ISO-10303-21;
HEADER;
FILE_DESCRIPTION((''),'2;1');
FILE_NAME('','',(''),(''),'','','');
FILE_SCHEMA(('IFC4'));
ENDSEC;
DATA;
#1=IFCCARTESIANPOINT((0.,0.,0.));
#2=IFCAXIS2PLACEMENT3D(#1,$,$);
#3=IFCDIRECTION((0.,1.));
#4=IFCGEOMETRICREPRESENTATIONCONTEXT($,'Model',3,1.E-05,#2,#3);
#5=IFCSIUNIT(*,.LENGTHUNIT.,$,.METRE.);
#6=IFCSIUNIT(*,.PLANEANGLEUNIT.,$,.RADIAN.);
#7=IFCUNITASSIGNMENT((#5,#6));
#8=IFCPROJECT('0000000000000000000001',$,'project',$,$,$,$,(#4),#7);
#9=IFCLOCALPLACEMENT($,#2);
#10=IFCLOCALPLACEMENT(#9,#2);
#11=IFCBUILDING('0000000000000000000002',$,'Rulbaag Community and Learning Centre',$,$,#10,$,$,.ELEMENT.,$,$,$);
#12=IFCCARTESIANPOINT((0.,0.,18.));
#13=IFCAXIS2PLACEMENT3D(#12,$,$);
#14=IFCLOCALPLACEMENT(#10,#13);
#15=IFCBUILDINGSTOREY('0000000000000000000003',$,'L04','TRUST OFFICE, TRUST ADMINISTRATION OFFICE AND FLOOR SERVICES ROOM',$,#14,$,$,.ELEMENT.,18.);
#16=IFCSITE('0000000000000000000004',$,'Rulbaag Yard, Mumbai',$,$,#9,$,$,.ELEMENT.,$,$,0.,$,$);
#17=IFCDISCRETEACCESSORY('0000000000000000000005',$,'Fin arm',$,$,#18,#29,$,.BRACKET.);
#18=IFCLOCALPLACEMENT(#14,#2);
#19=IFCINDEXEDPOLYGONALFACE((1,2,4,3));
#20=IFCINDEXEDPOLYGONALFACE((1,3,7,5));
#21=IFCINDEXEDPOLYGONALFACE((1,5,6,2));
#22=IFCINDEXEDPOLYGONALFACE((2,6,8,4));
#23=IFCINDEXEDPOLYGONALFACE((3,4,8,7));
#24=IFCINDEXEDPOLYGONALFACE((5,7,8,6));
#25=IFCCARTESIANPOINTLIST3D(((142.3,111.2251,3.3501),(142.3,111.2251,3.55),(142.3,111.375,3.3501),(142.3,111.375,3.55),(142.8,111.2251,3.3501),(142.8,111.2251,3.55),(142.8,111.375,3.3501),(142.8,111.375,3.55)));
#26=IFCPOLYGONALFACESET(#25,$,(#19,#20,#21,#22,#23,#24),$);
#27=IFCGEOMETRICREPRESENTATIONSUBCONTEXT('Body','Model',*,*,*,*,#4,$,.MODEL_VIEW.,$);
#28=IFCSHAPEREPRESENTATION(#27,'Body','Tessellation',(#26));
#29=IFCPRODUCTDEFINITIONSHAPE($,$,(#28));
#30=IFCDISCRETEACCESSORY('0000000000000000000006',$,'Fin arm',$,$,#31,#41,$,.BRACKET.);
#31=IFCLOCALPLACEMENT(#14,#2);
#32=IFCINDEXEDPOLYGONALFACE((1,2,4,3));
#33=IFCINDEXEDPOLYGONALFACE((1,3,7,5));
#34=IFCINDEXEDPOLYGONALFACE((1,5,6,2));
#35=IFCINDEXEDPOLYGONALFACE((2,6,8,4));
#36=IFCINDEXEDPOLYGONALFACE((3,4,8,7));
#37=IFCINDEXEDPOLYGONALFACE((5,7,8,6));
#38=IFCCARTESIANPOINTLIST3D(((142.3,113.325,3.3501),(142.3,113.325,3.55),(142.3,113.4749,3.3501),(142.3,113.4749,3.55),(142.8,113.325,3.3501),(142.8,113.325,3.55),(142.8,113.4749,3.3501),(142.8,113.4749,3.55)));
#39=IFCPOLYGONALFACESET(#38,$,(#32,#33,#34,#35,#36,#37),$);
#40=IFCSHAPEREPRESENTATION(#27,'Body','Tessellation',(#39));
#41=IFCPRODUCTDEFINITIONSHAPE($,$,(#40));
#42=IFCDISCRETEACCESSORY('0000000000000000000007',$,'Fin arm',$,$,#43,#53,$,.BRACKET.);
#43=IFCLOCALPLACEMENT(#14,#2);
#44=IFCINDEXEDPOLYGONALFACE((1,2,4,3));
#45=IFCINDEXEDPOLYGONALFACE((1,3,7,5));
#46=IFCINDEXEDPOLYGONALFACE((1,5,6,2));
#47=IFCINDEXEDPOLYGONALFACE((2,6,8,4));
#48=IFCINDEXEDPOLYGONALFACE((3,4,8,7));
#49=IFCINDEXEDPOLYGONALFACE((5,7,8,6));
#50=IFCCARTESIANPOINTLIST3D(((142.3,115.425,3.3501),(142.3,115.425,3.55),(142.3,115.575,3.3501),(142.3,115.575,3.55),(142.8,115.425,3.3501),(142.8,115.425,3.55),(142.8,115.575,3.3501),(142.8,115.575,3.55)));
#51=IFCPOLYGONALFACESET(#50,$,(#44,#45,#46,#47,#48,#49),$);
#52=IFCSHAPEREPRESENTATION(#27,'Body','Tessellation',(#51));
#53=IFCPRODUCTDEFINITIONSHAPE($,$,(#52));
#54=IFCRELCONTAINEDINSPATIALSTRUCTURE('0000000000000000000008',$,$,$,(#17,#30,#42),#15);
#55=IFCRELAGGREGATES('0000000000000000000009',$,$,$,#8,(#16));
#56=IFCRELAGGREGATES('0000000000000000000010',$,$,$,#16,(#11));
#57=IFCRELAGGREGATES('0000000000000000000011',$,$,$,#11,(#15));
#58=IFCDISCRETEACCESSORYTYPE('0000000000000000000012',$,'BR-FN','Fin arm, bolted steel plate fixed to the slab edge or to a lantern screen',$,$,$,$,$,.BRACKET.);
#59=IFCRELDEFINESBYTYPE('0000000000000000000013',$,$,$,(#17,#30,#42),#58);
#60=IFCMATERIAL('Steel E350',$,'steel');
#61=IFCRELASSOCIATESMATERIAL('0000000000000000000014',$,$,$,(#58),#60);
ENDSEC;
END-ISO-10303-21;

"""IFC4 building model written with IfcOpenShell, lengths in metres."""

from ifc_helpers import new_model, si_unit, direction, frame, origin, origin_2d, place, context, subcontext, project, spatial, rectangle, extrude, material, type_object, element, save


model = new_model("IFC4")

# Units and contexts
model_context = context("Model", 3, precision=1e-05, world=origin(), true_north=direction((0.0, 1.0)))
body_context = subcontext(model_context, "Body", "Model", "MODEL_VIEW")
ifc_project = project(units=[si_unit("LENGTHUNIT", "METRE"), si_unit("PLANEANGLEUNIT", "RADIAN")], contexts=[model_context])

# Site, building, storey
site_placement = place(None, origin())
site = spatial("IfcSite", under=ifc_project, at=site_placement, Name="Rulbaag Yard, Mumbai", CompositionType="ELEMENT", RefElevation=0.0)
building_placement = place(site_placement, origin())
building = spatial("IfcBuilding", under=site, at=building_placement, Name="Rulbaag Community and Learning Centre", CompositionType="ELEMENT")
storey_placement = place(building_placement, frame((0.0, 0.0, 18.0)))
storey = spatial("IfcBuildingStorey", under=building, at=storey_placement, Name="L04", Description="TRUST OFFICE, TRUST ADMINISTRATION OFFICE AND FLOOR SERVICES ROOM", CompositionType="ELEMENT", Elevation=18.0)

# Discrete accessories
ifc_material_1 = material(Name="Steel E350", Category="steel")
discrete_accessory_type = type_object("IfcDiscreteAccessoryType", Name="BR-FN", Description="Fin arm, bolted steel plate fixed to the slab edge or to a lantern screen", PredefinedType="BRACKET", material=ifc_material_1)
for number, where, z_axis, x_axis, name in (
    (1, (142.55, 111.3, 3.3501), (0.0, 0.0, 1.0), (1.0, 0.0, 0.0), "Fin arm"),
    (2, (142.55, 113.3999, 3.3501), (0.0, 0.0, 1.0), (1.0, 0.0, 0.0), "Fin arm"),
    (3, (142.55, 115.5, 3.3501), (0.0, 0.0, 1.0), (1.0, 0.0, 0.0), "Fin arm"),
):
    element("IfcDiscreteAccessory", number, at=place(storey_placement, frame(where, z_axis=z_axis, x_axis=x_axis)), inside=storey, type_object=discrete_accessory_type, Name=name, PredefinedType="BRACKET", context=body_context, shape_type="SweptSolid", body=[
        extrude(rectangle(XDim=0.5, YDim=0.1499, at=origin_2d()), origin(), (0.0, 0.0, 1.0), 0.2),
    ])

save(model, "model.ifc")
